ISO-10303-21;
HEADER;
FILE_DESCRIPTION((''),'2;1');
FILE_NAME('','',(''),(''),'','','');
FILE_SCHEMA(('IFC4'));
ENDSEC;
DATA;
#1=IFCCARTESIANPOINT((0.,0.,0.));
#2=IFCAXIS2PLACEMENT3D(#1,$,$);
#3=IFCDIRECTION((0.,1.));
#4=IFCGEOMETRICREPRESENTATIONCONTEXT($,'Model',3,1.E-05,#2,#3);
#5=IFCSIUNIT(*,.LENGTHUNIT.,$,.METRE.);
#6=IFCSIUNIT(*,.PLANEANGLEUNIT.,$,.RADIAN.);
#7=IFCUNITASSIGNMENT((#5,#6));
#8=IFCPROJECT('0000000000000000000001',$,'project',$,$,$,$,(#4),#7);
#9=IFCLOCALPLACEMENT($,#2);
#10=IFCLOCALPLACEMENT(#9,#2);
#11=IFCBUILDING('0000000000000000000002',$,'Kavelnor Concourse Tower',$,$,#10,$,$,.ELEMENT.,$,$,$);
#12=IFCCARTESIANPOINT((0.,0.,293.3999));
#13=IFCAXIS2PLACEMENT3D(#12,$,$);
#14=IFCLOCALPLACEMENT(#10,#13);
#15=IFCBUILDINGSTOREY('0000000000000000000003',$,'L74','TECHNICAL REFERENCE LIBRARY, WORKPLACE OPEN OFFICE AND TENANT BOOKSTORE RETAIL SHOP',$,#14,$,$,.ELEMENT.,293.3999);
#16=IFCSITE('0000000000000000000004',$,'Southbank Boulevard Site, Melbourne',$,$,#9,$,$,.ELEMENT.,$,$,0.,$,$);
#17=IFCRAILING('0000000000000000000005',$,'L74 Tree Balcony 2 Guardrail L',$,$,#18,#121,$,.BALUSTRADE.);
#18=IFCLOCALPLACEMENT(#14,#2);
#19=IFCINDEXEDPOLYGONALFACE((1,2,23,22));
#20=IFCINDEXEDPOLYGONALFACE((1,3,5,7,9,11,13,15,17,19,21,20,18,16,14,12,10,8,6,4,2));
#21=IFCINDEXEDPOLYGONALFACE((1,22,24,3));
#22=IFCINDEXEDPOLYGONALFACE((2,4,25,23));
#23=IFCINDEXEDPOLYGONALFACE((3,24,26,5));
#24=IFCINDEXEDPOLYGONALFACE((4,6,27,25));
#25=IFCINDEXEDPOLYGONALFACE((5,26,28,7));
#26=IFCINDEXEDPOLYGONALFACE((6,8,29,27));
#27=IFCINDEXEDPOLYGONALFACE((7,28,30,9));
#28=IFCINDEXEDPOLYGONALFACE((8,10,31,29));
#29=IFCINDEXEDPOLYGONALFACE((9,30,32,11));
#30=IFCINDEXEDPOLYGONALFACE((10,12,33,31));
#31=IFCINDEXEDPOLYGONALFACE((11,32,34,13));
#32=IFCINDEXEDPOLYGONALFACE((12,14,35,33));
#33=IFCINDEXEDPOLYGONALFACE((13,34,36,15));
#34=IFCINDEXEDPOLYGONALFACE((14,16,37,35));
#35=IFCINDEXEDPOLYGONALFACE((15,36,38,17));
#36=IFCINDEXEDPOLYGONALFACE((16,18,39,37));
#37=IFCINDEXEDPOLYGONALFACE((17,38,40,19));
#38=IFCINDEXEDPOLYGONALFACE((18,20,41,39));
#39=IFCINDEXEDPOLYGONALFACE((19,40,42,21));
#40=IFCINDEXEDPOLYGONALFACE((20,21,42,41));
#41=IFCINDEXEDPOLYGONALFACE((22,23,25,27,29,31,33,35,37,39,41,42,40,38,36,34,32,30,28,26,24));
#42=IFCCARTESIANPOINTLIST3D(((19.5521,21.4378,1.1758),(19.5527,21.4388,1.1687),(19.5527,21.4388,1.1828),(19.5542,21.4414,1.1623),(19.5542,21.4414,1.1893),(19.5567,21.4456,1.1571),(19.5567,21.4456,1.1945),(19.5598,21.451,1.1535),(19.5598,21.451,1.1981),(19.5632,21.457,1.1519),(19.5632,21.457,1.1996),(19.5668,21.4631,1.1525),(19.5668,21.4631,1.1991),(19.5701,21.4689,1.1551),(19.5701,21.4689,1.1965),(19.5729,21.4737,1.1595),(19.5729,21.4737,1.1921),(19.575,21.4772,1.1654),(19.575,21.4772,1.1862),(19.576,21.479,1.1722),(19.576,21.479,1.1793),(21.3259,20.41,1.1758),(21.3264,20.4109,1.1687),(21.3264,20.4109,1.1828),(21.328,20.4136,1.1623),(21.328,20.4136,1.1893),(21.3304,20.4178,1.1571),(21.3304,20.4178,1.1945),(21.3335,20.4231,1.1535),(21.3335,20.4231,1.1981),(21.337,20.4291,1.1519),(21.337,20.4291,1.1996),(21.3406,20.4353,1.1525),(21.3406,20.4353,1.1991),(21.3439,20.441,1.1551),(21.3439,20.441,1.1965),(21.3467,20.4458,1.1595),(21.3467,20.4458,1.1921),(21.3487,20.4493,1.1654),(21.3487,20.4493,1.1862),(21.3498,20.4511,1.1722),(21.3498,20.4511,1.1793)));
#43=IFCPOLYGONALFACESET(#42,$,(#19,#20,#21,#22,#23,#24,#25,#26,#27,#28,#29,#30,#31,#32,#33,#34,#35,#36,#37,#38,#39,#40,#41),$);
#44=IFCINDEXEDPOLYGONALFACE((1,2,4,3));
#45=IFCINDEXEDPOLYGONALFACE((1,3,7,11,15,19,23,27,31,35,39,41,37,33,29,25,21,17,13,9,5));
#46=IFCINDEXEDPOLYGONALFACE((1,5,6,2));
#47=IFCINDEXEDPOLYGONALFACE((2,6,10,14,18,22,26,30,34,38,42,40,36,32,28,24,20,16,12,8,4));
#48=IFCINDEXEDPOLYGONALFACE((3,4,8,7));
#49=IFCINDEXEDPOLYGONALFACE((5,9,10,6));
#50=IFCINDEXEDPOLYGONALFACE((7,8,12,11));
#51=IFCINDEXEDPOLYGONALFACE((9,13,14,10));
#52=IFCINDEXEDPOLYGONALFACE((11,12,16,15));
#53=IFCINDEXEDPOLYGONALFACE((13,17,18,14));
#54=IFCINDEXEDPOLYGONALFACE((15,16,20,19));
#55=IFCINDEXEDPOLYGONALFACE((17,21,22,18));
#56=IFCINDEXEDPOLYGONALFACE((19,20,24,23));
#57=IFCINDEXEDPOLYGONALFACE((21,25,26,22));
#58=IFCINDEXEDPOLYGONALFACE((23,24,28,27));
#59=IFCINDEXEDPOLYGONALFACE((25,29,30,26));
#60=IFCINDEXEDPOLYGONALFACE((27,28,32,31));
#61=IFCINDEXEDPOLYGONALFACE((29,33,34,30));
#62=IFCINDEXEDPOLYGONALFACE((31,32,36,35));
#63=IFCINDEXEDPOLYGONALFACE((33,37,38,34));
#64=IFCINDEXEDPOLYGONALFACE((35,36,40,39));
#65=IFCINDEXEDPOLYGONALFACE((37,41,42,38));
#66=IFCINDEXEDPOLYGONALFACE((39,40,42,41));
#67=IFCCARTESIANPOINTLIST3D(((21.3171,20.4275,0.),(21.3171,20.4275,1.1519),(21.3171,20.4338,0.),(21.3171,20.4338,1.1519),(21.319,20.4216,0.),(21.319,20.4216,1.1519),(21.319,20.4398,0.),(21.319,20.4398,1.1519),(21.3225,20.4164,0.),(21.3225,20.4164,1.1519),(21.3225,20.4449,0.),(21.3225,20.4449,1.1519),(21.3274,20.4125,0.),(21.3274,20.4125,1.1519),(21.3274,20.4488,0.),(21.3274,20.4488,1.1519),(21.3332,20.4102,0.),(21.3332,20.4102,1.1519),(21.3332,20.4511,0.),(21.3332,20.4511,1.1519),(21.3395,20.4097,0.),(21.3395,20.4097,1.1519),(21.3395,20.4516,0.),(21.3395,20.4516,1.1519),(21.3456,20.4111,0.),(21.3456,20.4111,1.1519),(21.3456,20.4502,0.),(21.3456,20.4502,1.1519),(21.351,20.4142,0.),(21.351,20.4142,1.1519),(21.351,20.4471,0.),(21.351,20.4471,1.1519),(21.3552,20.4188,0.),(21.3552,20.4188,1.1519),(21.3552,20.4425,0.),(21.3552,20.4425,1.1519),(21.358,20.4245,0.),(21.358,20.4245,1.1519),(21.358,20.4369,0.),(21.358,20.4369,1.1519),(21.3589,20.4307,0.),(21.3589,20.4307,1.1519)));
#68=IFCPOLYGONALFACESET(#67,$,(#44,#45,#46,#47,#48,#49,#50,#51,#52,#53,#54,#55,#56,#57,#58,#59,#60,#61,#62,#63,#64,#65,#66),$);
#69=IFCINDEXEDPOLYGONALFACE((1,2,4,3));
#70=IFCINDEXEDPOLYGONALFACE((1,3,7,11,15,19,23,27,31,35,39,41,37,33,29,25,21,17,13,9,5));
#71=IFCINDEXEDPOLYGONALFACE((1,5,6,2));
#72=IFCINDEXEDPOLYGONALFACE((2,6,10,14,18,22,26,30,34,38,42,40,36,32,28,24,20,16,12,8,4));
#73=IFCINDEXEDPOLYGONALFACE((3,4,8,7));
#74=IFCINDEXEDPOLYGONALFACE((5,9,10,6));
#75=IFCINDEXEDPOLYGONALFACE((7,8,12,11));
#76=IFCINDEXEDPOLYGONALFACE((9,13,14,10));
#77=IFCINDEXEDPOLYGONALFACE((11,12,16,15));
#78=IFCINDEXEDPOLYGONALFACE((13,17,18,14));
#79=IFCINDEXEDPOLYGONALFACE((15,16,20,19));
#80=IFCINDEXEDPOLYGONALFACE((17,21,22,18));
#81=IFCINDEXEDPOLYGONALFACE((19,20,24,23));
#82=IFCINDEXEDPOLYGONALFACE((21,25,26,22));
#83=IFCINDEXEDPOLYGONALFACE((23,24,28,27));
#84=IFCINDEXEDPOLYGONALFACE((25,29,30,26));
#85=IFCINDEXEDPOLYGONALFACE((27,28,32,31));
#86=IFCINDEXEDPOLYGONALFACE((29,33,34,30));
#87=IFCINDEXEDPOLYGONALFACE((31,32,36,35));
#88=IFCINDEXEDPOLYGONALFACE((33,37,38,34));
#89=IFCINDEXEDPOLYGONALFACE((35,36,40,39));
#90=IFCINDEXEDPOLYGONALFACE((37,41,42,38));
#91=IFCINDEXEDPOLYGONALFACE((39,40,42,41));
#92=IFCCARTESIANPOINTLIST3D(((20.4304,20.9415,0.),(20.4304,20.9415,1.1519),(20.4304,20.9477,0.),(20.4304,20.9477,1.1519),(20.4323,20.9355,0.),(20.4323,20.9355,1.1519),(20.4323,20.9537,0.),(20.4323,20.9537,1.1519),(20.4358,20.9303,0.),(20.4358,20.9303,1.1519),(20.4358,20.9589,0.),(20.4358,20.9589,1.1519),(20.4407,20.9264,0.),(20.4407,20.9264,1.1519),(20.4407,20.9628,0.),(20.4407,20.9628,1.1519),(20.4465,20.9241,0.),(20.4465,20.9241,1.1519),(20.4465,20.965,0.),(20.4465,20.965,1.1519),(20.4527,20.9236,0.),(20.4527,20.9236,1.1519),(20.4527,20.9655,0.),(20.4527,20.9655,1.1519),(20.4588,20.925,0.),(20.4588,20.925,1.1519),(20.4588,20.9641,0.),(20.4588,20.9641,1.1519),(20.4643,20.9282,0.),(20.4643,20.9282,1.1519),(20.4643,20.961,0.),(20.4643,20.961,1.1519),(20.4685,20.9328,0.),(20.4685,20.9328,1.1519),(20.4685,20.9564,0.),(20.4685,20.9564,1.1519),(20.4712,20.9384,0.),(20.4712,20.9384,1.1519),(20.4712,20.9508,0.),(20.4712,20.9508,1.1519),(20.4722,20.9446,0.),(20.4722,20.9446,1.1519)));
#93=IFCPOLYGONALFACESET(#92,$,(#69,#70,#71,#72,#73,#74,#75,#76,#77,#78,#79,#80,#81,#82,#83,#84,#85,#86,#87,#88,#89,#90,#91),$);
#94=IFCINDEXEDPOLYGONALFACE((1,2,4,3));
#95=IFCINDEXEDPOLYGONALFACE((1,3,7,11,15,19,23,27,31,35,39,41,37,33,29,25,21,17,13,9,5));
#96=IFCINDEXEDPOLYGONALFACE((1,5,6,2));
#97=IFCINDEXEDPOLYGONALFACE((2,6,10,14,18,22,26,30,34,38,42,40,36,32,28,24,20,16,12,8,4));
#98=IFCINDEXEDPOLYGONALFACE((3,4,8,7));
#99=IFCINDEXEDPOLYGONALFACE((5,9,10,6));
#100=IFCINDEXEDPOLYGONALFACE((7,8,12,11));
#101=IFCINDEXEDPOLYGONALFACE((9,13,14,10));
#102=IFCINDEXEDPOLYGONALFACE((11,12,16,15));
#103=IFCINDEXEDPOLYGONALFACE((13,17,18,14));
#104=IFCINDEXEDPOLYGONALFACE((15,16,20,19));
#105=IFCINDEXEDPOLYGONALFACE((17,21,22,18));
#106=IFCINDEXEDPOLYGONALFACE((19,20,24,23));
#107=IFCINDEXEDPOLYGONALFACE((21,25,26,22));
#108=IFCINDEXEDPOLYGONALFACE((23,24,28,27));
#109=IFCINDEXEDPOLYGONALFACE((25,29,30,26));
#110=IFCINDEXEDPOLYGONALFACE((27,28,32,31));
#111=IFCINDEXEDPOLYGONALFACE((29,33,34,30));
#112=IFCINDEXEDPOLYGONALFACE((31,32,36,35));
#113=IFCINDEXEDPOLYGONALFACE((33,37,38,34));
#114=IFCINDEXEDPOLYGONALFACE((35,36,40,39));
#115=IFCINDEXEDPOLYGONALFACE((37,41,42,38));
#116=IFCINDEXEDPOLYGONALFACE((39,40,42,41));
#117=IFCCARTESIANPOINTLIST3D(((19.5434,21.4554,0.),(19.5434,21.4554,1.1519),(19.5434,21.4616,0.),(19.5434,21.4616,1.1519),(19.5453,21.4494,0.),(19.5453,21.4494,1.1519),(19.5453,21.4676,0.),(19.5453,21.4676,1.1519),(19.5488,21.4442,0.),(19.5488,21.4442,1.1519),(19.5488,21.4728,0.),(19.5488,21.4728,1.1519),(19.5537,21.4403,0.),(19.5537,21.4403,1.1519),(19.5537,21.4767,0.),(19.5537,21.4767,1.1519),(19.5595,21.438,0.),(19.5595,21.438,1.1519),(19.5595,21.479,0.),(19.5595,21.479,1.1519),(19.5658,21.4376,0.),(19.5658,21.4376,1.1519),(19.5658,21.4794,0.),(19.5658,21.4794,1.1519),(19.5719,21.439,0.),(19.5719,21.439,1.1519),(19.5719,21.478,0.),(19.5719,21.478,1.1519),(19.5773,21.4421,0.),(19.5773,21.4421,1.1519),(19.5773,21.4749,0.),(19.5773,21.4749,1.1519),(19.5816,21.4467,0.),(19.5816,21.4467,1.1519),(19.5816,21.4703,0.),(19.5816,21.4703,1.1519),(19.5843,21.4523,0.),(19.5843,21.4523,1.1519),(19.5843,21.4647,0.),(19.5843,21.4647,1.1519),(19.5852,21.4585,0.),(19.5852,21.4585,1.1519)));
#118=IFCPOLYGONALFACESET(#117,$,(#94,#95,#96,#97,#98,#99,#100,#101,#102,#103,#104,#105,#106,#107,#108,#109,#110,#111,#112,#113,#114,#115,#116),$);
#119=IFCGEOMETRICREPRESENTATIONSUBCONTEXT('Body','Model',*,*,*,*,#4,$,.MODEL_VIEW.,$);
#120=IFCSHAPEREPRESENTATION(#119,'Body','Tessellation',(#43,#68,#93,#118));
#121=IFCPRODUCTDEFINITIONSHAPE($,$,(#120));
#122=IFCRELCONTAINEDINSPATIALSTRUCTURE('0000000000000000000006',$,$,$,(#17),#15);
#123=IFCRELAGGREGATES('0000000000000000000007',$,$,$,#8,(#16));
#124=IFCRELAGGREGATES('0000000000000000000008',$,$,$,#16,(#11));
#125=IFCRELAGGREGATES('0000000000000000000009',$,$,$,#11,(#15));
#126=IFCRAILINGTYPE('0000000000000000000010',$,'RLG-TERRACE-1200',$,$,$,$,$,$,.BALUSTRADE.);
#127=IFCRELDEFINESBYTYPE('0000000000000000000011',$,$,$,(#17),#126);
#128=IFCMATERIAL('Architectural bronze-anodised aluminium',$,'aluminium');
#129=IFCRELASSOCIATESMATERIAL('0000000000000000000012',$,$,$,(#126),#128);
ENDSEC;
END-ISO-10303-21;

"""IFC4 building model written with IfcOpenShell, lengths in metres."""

from ifc_helpers import new_model, si_unit, direction, frame, origin, origin_2d, place, context, subcontext, project, spatial, circle, extrude, material, type_object, element, save


model = new_model("IFC4")

# Units and contexts
model_context = context("Model", 3, precision=1e-05, world=origin(), true_north=direction((0.0, 1.0)))
body_context = subcontext(model_context, "Body", "Model", "MODEL_VIEW")
ifc_project = project(units=[si_unit("LENGTHUNIT", "METRE"), si_unit("PLANEANGLEUNIT", "RADIAN")], contexts=[model_context])

# Site, building, storey
site_placement = place(None, origin())
site = spatial("IfcSite", under=ifc_project, at=site_placement, Name="Southbank Boulevard Site, Melbourne", CompositionType="ELEMENT", RefElevation=0.0)
building_placement = place(site_placement, origin())
building = spatial("IfcBuilding", under=site, at=building_placement, Name="Kavelnor Concourse Tower", CompositionType="ELEMENT")
storey_placement = place(building_placement, frame((0.0, 0.0, 293.3999)))
storey = spatial("IfcBuildingStorey", under=building, at=storey_placement, Name="L74", Description="TECHNICAL REFERENCE LIBRARY, WORKPLACE OPEN OFFICE AND TENANT BOOKSTORE RETAIL SHOP", CompositionType="ELEMENT", Elevation=293.3999)

# Railing
ifc_material_1 = material(Name="Architectural bronze-anodised aluminium", Category="aluminium")
railing_type_1 = type_object("IfcRailingType", Name="RLG-TERRACE-1200", PredefinedType="BALUSTRADE", material=ifc_material_1)
railing_1_placement = place(storey_placement, frame((21.3379, 20.4307, 0.0)))
element("IfcRailing", 1, at=railing_1_placement, inside=storey, type_object=railing_type_1, Name="L74 Tree Balcony 2 Guardrail L", PredefinedType="BALUSTRADE", context=body_context, shape_type="SweptSolid", body=[
    extrude(circle(Radius=0.0239, at=origin_2d()), frame((0.0, 0.0, 1.1758), z_axis=(-0.865222, 0.501388, 0.0), x_axis=(-0.501388, -0.865222, 0.0)), (0.0, 0.0, 1.0), 2.05),
    extrude(circle(Radius=0.021, at=origin_2d()), origin(), (0.0, 0.0, 1.0), 1.1519),
    extrude(circle(Radius=0.021, at=origin_2d()), frame((-0.8867, 0.5139, 0.0)), (0.0, 0.0, 1.0), 1.1519),
    extrude(circle(Radius=0.021, at=origin_2d()), frame((-1.7737, 1.0278, 0.0)), (0.0, 0.0, 1.0), 1.1519),
])

save(model, "model.ifc")
